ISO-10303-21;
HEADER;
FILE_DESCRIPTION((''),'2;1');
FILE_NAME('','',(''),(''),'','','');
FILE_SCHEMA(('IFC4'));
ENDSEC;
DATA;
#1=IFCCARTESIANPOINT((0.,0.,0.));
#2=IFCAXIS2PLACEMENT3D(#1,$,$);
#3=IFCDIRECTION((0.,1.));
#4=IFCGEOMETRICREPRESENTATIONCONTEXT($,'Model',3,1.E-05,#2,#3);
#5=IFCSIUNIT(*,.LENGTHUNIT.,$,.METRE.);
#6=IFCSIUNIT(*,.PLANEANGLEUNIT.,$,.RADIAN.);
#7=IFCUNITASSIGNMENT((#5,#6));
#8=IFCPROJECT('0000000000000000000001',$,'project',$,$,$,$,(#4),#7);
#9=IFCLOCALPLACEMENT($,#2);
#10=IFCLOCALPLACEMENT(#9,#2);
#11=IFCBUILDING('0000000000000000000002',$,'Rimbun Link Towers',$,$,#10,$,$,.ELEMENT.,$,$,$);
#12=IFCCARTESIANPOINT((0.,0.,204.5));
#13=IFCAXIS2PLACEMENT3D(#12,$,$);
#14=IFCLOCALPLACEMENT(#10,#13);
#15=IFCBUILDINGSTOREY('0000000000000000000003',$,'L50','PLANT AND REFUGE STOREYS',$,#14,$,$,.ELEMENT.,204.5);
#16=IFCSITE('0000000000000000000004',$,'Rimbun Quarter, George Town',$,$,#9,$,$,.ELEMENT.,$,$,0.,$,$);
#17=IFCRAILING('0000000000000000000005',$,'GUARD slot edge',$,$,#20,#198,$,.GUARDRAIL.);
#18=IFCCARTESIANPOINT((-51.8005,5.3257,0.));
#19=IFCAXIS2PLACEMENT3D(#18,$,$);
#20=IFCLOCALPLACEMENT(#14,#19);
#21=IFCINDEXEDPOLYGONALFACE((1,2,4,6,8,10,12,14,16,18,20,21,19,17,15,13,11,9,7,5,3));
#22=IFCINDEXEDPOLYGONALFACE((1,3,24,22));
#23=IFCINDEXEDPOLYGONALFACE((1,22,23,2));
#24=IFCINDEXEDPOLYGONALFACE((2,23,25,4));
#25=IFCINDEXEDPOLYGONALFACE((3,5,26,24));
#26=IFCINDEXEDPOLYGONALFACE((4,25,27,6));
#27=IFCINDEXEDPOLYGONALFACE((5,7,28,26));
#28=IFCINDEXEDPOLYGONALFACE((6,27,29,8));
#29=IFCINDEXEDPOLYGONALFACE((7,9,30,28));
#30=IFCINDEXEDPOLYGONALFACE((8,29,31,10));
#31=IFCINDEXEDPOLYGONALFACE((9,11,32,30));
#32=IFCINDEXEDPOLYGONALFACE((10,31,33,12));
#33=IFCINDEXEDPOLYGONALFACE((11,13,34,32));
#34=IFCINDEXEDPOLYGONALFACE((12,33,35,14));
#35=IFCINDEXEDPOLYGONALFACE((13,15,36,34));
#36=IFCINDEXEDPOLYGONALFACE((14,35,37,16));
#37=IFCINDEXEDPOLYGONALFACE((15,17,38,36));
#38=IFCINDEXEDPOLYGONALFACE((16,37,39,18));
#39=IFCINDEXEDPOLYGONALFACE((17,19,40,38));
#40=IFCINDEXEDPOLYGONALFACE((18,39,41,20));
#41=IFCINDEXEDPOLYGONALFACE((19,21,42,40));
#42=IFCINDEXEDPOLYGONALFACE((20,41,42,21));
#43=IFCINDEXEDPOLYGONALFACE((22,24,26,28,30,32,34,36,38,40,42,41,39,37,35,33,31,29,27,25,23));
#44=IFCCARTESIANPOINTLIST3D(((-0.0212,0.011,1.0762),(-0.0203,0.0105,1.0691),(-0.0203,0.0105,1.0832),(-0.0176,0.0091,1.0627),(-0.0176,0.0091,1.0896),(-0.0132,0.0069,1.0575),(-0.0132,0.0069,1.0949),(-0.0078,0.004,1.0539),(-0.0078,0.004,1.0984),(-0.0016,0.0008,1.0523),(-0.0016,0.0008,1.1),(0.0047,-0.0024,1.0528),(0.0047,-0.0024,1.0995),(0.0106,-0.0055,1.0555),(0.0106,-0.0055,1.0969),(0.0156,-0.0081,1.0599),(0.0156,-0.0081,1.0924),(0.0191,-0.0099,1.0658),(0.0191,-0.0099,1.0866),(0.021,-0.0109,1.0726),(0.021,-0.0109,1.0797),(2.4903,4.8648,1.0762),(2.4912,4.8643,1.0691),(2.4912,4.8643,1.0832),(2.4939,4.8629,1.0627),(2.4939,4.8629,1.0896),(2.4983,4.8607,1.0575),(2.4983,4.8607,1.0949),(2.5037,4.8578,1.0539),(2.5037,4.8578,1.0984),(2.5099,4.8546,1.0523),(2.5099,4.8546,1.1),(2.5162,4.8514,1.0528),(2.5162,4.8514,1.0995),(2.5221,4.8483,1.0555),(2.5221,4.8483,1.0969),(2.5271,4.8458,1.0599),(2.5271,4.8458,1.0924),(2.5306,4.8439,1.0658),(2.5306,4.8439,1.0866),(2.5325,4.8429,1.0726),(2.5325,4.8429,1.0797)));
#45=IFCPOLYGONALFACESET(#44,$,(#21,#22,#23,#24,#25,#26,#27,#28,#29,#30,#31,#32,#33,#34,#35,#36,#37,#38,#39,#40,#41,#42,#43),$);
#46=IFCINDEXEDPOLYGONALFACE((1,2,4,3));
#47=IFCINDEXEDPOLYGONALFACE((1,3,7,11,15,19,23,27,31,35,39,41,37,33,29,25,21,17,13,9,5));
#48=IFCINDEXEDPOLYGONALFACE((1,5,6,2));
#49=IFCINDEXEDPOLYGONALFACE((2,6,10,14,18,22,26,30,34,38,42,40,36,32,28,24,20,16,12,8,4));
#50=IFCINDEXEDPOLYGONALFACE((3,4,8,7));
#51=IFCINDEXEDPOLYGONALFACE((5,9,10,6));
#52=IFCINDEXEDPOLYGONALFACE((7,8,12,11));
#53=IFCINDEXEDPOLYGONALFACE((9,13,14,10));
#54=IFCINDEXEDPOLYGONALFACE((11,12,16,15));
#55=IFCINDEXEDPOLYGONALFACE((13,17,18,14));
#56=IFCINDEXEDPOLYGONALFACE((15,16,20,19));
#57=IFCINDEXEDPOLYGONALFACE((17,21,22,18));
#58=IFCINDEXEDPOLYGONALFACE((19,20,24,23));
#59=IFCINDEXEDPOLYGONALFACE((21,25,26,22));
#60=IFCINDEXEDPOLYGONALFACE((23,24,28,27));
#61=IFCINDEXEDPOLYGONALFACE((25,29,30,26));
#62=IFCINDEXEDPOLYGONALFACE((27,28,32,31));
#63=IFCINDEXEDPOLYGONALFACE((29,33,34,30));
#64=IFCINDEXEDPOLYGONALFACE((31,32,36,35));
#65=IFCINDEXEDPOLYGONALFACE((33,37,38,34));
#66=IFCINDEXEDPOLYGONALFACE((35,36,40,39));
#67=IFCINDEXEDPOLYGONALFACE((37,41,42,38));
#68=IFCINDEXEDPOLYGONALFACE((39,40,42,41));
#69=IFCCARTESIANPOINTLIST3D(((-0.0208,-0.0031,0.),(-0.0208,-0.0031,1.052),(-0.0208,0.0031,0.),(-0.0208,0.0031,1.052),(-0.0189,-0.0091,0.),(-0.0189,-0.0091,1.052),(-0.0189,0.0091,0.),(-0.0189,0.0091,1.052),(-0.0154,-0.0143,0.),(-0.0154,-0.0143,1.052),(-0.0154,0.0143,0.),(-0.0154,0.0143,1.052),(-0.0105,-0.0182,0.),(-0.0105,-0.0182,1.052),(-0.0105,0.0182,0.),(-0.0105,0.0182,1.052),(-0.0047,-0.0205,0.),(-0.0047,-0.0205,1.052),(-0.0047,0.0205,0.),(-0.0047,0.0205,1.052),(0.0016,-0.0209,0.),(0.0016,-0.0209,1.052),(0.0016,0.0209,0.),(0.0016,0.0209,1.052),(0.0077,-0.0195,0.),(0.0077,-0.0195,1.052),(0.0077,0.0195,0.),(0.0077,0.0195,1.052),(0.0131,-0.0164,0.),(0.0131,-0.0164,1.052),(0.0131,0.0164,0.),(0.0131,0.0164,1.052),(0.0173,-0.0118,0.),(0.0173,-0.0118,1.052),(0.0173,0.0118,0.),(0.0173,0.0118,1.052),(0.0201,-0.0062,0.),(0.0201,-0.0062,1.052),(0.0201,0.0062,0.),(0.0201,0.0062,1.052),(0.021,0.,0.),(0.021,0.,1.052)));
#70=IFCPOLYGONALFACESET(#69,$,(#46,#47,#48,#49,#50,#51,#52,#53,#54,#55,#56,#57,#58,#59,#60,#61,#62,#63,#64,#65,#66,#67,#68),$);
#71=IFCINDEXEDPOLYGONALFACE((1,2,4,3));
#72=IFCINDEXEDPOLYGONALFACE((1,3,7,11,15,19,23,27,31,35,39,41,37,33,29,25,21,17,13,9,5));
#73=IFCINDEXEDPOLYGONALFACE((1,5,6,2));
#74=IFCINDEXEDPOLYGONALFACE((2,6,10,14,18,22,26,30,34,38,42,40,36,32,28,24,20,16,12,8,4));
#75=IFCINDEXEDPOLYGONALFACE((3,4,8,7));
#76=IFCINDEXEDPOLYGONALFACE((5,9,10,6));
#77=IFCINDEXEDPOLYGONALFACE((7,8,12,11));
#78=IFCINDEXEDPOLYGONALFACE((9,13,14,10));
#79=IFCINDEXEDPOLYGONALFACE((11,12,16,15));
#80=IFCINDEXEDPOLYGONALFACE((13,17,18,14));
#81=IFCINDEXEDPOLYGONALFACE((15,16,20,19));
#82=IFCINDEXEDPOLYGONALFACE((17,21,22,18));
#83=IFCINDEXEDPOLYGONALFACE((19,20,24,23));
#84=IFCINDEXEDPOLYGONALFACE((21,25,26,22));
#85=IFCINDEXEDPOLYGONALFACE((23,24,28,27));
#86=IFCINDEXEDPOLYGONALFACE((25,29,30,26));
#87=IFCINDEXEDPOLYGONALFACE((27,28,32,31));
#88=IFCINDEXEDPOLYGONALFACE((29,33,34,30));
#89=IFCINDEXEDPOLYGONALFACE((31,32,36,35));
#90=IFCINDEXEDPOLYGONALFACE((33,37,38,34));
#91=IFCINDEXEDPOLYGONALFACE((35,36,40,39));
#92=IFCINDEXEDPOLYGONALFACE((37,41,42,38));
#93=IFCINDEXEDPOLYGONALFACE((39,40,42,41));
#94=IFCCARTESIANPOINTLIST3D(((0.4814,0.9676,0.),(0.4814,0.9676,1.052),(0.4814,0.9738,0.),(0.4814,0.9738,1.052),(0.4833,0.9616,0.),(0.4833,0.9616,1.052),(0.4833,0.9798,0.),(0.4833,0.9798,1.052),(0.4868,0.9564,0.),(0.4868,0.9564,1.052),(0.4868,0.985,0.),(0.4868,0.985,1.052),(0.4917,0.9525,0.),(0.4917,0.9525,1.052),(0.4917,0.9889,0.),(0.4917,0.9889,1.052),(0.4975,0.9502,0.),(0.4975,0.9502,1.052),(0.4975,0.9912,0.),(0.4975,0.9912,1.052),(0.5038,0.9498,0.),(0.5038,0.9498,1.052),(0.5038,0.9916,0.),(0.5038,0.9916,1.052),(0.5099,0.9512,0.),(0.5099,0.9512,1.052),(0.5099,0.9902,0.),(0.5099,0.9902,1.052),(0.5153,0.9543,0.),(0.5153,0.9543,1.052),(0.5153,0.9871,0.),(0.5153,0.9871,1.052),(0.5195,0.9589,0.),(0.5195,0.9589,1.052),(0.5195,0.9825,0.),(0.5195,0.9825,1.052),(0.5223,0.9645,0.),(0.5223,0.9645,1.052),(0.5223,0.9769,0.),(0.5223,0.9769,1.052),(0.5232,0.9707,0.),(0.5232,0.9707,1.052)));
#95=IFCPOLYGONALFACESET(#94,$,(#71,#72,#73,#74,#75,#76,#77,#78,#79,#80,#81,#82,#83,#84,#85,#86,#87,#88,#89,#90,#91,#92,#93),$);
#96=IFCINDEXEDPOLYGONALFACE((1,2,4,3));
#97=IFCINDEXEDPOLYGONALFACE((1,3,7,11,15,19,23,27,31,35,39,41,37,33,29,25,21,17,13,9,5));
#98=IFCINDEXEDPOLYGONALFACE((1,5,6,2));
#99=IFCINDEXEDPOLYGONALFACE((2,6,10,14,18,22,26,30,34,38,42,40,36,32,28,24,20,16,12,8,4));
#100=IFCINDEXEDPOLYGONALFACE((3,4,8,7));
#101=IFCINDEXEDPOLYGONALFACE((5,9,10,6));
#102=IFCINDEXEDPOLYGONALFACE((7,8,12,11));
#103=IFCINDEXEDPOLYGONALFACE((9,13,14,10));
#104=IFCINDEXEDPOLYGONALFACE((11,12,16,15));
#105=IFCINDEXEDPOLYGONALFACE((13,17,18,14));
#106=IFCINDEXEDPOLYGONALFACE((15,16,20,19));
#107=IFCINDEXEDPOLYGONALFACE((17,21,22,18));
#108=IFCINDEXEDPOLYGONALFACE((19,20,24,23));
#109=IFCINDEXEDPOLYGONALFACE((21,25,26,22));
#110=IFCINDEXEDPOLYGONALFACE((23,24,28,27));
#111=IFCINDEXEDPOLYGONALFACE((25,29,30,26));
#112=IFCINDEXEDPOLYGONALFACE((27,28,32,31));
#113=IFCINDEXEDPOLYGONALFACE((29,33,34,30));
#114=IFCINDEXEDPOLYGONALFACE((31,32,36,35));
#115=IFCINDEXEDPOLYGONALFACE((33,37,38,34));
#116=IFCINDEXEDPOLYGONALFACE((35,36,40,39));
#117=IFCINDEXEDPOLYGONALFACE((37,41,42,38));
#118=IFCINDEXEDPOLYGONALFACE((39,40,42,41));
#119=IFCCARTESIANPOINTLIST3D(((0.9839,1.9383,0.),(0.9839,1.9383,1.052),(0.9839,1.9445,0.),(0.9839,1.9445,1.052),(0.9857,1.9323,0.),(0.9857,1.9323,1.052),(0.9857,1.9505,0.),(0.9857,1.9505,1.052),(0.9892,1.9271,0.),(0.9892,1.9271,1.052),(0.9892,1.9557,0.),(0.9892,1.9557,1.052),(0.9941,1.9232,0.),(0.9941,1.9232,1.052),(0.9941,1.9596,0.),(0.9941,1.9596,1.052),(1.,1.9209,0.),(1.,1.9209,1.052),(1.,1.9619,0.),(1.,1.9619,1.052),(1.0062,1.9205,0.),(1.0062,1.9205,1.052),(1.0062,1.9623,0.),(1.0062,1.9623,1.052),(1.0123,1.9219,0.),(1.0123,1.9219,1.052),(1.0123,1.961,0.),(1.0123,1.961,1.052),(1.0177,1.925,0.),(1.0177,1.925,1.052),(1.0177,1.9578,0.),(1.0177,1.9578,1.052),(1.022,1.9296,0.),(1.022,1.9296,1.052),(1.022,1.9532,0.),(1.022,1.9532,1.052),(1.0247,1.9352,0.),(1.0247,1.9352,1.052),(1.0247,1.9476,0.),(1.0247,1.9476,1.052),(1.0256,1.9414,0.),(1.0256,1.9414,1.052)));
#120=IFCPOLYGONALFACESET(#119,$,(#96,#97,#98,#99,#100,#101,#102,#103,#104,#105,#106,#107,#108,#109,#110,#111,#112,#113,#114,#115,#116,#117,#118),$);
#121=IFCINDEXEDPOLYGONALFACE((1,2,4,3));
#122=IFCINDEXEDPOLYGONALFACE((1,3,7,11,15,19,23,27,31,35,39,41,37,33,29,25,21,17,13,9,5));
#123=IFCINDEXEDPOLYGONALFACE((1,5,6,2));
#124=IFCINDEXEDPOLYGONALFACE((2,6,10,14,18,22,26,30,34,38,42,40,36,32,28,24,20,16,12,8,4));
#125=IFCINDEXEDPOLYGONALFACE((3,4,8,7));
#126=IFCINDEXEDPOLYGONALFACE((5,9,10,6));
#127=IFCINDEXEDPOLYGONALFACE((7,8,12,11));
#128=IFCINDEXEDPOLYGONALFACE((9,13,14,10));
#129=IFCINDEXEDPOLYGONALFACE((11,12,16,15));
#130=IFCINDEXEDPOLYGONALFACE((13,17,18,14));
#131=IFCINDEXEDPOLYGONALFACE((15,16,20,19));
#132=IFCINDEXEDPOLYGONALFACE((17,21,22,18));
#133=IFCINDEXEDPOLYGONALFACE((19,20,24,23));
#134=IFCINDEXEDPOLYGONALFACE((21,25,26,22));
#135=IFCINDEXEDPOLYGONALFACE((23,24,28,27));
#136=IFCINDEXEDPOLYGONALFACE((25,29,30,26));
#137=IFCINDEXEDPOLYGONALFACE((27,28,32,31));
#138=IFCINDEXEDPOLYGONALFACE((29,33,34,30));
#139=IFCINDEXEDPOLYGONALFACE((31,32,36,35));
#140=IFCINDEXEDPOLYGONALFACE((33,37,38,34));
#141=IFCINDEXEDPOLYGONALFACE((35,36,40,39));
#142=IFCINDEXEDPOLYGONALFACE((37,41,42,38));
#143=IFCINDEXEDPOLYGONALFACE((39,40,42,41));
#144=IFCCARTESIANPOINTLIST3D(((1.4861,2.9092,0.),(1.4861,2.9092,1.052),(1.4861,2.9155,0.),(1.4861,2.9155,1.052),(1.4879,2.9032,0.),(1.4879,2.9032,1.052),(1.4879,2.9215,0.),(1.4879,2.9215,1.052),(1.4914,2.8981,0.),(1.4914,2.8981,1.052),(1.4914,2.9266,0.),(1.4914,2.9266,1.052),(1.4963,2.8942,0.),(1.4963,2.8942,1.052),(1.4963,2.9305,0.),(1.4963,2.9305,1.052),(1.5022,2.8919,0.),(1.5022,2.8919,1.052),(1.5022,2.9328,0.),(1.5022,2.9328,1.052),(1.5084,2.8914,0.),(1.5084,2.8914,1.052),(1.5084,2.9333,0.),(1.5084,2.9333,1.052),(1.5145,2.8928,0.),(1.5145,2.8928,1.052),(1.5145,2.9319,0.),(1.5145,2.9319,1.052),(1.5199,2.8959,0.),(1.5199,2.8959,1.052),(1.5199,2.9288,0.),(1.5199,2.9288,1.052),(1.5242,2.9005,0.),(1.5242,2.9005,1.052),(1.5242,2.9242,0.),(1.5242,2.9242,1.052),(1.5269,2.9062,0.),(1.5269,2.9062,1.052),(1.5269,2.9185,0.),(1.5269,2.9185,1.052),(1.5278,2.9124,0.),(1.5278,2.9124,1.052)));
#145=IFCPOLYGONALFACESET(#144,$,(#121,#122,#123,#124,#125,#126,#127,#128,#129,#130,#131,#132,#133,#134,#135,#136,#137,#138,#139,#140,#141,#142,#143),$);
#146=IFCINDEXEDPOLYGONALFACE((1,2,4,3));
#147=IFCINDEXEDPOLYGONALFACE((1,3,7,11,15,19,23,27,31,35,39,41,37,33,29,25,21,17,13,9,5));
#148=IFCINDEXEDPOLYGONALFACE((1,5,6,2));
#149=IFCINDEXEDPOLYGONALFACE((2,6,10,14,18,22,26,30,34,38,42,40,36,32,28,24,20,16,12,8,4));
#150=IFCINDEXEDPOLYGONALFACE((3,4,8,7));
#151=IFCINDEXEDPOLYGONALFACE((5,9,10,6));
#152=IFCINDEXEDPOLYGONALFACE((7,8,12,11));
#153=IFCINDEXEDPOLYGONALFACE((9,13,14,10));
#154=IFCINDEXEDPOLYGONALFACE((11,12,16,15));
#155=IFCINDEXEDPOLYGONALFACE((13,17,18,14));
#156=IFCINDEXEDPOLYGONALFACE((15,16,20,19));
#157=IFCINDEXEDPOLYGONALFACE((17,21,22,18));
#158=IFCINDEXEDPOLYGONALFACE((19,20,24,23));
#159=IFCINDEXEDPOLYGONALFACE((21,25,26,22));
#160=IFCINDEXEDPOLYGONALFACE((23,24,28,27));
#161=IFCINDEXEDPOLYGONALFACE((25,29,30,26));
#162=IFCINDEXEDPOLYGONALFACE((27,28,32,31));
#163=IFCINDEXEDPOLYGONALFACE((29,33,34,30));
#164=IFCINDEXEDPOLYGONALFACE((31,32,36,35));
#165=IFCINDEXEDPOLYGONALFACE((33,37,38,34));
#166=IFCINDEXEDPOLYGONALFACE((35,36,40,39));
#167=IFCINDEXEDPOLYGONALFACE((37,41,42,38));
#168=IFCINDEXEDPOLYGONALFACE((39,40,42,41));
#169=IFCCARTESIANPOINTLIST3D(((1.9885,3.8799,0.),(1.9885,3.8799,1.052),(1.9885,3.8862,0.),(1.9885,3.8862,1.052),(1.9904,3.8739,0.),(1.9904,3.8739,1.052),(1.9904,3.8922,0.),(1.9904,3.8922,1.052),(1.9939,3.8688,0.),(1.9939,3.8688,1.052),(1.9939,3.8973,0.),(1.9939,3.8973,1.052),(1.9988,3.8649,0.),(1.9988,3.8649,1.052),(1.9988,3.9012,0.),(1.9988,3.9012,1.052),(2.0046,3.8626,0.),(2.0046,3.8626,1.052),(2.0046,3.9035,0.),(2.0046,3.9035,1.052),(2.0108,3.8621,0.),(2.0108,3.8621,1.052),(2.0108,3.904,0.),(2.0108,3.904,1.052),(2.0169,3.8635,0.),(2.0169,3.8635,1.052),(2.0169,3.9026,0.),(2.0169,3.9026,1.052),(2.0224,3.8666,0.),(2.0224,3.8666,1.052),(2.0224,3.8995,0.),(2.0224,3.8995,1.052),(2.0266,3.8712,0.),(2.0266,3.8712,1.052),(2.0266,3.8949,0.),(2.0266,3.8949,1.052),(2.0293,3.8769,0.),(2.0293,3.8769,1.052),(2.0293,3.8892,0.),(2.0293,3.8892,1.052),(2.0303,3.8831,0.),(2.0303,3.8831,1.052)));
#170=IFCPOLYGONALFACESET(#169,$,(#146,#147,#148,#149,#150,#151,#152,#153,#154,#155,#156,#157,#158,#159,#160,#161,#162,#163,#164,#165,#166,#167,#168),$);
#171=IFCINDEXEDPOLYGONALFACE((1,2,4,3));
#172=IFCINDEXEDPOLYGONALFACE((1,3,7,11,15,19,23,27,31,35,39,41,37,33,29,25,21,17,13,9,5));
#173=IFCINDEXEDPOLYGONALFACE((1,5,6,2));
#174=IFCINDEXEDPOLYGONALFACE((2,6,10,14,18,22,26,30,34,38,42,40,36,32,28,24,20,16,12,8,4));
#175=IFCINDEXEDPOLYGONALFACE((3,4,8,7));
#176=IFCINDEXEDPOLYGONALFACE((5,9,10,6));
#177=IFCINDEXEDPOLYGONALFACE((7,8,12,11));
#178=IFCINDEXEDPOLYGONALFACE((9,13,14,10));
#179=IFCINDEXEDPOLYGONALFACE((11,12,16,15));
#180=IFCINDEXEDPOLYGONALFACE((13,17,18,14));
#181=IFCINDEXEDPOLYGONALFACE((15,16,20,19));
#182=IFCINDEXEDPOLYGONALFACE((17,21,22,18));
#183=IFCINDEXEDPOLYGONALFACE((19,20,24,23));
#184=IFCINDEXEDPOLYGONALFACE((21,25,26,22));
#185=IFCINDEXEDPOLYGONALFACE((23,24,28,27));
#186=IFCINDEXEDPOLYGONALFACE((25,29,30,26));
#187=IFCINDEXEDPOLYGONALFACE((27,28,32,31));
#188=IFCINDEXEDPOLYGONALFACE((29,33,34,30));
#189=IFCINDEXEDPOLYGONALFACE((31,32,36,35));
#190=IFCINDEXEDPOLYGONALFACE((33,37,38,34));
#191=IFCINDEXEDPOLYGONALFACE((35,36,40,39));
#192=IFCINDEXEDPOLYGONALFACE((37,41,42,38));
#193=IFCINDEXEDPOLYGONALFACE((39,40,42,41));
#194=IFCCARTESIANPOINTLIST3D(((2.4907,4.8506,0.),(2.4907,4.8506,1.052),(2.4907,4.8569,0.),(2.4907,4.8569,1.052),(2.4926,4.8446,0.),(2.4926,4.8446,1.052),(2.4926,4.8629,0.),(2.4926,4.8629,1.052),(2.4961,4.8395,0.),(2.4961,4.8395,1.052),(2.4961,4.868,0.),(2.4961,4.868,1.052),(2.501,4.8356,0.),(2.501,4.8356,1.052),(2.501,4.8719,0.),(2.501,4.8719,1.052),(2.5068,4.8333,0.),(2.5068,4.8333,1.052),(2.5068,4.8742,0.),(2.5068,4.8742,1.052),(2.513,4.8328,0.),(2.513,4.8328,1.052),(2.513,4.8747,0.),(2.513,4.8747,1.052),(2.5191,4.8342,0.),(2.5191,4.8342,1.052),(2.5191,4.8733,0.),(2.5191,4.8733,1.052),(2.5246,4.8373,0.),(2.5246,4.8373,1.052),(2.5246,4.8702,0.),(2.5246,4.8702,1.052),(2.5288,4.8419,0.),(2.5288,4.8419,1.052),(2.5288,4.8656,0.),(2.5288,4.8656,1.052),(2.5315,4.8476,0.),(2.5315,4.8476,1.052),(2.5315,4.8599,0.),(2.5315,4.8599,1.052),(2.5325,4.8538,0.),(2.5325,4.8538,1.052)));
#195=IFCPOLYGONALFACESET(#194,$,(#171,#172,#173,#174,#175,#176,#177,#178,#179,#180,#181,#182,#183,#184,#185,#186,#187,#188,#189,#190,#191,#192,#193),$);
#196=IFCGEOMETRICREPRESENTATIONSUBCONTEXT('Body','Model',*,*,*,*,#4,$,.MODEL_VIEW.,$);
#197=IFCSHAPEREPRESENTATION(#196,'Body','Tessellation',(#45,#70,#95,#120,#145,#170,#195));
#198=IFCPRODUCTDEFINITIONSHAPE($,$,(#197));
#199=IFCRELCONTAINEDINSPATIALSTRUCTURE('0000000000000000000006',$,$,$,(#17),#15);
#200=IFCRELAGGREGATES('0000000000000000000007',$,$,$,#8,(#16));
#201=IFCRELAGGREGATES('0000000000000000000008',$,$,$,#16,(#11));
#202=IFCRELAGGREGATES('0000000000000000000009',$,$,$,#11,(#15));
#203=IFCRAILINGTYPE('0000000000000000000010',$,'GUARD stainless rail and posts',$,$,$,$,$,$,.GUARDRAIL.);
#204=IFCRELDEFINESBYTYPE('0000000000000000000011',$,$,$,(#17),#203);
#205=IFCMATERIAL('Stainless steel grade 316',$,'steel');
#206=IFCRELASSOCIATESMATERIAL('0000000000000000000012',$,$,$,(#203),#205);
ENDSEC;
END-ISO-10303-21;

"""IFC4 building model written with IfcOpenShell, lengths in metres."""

from ifc_helpers import new_model, si_unit, direction, frame, origin, origin_2d, place, context, subcontext, project, spatial, circle, extrude, material, type_object, element, save


model = new_model("IFC4")

# Units and contexts
model_context = context("Model", 3, precision=1e-05, world=origin(), true_north=direction((0.0, 1.0)))
body_context = subcontext(model_context, "Body", "Model", "MODEL_VIEW")
ifc_project = project(units=[si_unit("LENGTHUNIT", "METRE"), si_unit("PLANEANGLEUNIT", "RADIAN")], contexts=[model_context])

# Site, building, storey
site_placement = place(None, origin())
site = spatial("IfcSite", under=ifc_project, at=site_placement, Name="Rimbun Quarter, George Town", CompositionType="ELEMENT", RefElevation=0.0)
building_placement = place(site_placement, origin())
building = spatial("IfcBuilding", under=site, at=building_placement, Name="Rimbun Link Towers", CompositionType="ELEMENT")
storey_placement = place(building_placement, frame((0.0, 0.0, 204.5)))
storey = spatial("IfcBuildingStorey", under=building, at=storey_placement, Name="L50", Description="PLANT AND REFUGE STOREYS", CompositionType="ELEMENT", Elevation=204.5)

# Railing
ifc_material_1 = material(Name="Stainless steel grade 316", Category="steel")
railing_type = type_object("IfcRailingType", Name="GUARD stainless rail and posts", PredefinedType="GUARDRAIL", material=ifc_material_1)
railing_placement = place(storey_placement, frame((-51.8005, 5.3257, 0.0)))
element("IfcRailing", 1, at=railing_placement, inside=storey, type_object=railing_type, Name="GUARD slot edge", PredefinedType="GUARDRAIL", context=body_context, shape_type="SweptSolid", body=[
    extrude(circle(Radius=0.0239, at=origin_2d()), frame((0.0, 0.0, 1.0762), z_axis=(0.459554, 0.88815, 0.0), x_axis=(-0.88815, 0.459554, 0.0)), (0.0, 0.0, 1.0), 5.4651),
    extrude(circle(Radius=0.021, at=origin_2d()), origin(), (0.0, 0.0, 1.0), 1.052),
    extrude(circle(Radius=0.021, at=origin_2d()), frame((0.5022, 0.9707, 0.0)), (0.0, 0.0, 1.0), 1.052),
    extrude(circle(Radius=0.021, at=origin_2d()), frame((1.0046, 1.9414, 0.0)), (0.0, 0.0, 1.0), 1.052),
    extrude(circle(Radius=0.021, at=origin_2d()), frame((1.5068, 2.9124, 0.0)), (0.0, 0.0, 1.0), 1.052),
    extrude(circle(Radius=0.021, at=origin_2d()), frame((2.0093, 3.8831, 0.0)), (0.0, 0.0, 1.0), 1.052),
    extrude(circle(Radius=0.021, at=origin_2d()), frame((2.5115, 4.8538, 0.0)), (0.0, 0.0, 1.0), 1.052),
])

save(model, "model.ifc")
